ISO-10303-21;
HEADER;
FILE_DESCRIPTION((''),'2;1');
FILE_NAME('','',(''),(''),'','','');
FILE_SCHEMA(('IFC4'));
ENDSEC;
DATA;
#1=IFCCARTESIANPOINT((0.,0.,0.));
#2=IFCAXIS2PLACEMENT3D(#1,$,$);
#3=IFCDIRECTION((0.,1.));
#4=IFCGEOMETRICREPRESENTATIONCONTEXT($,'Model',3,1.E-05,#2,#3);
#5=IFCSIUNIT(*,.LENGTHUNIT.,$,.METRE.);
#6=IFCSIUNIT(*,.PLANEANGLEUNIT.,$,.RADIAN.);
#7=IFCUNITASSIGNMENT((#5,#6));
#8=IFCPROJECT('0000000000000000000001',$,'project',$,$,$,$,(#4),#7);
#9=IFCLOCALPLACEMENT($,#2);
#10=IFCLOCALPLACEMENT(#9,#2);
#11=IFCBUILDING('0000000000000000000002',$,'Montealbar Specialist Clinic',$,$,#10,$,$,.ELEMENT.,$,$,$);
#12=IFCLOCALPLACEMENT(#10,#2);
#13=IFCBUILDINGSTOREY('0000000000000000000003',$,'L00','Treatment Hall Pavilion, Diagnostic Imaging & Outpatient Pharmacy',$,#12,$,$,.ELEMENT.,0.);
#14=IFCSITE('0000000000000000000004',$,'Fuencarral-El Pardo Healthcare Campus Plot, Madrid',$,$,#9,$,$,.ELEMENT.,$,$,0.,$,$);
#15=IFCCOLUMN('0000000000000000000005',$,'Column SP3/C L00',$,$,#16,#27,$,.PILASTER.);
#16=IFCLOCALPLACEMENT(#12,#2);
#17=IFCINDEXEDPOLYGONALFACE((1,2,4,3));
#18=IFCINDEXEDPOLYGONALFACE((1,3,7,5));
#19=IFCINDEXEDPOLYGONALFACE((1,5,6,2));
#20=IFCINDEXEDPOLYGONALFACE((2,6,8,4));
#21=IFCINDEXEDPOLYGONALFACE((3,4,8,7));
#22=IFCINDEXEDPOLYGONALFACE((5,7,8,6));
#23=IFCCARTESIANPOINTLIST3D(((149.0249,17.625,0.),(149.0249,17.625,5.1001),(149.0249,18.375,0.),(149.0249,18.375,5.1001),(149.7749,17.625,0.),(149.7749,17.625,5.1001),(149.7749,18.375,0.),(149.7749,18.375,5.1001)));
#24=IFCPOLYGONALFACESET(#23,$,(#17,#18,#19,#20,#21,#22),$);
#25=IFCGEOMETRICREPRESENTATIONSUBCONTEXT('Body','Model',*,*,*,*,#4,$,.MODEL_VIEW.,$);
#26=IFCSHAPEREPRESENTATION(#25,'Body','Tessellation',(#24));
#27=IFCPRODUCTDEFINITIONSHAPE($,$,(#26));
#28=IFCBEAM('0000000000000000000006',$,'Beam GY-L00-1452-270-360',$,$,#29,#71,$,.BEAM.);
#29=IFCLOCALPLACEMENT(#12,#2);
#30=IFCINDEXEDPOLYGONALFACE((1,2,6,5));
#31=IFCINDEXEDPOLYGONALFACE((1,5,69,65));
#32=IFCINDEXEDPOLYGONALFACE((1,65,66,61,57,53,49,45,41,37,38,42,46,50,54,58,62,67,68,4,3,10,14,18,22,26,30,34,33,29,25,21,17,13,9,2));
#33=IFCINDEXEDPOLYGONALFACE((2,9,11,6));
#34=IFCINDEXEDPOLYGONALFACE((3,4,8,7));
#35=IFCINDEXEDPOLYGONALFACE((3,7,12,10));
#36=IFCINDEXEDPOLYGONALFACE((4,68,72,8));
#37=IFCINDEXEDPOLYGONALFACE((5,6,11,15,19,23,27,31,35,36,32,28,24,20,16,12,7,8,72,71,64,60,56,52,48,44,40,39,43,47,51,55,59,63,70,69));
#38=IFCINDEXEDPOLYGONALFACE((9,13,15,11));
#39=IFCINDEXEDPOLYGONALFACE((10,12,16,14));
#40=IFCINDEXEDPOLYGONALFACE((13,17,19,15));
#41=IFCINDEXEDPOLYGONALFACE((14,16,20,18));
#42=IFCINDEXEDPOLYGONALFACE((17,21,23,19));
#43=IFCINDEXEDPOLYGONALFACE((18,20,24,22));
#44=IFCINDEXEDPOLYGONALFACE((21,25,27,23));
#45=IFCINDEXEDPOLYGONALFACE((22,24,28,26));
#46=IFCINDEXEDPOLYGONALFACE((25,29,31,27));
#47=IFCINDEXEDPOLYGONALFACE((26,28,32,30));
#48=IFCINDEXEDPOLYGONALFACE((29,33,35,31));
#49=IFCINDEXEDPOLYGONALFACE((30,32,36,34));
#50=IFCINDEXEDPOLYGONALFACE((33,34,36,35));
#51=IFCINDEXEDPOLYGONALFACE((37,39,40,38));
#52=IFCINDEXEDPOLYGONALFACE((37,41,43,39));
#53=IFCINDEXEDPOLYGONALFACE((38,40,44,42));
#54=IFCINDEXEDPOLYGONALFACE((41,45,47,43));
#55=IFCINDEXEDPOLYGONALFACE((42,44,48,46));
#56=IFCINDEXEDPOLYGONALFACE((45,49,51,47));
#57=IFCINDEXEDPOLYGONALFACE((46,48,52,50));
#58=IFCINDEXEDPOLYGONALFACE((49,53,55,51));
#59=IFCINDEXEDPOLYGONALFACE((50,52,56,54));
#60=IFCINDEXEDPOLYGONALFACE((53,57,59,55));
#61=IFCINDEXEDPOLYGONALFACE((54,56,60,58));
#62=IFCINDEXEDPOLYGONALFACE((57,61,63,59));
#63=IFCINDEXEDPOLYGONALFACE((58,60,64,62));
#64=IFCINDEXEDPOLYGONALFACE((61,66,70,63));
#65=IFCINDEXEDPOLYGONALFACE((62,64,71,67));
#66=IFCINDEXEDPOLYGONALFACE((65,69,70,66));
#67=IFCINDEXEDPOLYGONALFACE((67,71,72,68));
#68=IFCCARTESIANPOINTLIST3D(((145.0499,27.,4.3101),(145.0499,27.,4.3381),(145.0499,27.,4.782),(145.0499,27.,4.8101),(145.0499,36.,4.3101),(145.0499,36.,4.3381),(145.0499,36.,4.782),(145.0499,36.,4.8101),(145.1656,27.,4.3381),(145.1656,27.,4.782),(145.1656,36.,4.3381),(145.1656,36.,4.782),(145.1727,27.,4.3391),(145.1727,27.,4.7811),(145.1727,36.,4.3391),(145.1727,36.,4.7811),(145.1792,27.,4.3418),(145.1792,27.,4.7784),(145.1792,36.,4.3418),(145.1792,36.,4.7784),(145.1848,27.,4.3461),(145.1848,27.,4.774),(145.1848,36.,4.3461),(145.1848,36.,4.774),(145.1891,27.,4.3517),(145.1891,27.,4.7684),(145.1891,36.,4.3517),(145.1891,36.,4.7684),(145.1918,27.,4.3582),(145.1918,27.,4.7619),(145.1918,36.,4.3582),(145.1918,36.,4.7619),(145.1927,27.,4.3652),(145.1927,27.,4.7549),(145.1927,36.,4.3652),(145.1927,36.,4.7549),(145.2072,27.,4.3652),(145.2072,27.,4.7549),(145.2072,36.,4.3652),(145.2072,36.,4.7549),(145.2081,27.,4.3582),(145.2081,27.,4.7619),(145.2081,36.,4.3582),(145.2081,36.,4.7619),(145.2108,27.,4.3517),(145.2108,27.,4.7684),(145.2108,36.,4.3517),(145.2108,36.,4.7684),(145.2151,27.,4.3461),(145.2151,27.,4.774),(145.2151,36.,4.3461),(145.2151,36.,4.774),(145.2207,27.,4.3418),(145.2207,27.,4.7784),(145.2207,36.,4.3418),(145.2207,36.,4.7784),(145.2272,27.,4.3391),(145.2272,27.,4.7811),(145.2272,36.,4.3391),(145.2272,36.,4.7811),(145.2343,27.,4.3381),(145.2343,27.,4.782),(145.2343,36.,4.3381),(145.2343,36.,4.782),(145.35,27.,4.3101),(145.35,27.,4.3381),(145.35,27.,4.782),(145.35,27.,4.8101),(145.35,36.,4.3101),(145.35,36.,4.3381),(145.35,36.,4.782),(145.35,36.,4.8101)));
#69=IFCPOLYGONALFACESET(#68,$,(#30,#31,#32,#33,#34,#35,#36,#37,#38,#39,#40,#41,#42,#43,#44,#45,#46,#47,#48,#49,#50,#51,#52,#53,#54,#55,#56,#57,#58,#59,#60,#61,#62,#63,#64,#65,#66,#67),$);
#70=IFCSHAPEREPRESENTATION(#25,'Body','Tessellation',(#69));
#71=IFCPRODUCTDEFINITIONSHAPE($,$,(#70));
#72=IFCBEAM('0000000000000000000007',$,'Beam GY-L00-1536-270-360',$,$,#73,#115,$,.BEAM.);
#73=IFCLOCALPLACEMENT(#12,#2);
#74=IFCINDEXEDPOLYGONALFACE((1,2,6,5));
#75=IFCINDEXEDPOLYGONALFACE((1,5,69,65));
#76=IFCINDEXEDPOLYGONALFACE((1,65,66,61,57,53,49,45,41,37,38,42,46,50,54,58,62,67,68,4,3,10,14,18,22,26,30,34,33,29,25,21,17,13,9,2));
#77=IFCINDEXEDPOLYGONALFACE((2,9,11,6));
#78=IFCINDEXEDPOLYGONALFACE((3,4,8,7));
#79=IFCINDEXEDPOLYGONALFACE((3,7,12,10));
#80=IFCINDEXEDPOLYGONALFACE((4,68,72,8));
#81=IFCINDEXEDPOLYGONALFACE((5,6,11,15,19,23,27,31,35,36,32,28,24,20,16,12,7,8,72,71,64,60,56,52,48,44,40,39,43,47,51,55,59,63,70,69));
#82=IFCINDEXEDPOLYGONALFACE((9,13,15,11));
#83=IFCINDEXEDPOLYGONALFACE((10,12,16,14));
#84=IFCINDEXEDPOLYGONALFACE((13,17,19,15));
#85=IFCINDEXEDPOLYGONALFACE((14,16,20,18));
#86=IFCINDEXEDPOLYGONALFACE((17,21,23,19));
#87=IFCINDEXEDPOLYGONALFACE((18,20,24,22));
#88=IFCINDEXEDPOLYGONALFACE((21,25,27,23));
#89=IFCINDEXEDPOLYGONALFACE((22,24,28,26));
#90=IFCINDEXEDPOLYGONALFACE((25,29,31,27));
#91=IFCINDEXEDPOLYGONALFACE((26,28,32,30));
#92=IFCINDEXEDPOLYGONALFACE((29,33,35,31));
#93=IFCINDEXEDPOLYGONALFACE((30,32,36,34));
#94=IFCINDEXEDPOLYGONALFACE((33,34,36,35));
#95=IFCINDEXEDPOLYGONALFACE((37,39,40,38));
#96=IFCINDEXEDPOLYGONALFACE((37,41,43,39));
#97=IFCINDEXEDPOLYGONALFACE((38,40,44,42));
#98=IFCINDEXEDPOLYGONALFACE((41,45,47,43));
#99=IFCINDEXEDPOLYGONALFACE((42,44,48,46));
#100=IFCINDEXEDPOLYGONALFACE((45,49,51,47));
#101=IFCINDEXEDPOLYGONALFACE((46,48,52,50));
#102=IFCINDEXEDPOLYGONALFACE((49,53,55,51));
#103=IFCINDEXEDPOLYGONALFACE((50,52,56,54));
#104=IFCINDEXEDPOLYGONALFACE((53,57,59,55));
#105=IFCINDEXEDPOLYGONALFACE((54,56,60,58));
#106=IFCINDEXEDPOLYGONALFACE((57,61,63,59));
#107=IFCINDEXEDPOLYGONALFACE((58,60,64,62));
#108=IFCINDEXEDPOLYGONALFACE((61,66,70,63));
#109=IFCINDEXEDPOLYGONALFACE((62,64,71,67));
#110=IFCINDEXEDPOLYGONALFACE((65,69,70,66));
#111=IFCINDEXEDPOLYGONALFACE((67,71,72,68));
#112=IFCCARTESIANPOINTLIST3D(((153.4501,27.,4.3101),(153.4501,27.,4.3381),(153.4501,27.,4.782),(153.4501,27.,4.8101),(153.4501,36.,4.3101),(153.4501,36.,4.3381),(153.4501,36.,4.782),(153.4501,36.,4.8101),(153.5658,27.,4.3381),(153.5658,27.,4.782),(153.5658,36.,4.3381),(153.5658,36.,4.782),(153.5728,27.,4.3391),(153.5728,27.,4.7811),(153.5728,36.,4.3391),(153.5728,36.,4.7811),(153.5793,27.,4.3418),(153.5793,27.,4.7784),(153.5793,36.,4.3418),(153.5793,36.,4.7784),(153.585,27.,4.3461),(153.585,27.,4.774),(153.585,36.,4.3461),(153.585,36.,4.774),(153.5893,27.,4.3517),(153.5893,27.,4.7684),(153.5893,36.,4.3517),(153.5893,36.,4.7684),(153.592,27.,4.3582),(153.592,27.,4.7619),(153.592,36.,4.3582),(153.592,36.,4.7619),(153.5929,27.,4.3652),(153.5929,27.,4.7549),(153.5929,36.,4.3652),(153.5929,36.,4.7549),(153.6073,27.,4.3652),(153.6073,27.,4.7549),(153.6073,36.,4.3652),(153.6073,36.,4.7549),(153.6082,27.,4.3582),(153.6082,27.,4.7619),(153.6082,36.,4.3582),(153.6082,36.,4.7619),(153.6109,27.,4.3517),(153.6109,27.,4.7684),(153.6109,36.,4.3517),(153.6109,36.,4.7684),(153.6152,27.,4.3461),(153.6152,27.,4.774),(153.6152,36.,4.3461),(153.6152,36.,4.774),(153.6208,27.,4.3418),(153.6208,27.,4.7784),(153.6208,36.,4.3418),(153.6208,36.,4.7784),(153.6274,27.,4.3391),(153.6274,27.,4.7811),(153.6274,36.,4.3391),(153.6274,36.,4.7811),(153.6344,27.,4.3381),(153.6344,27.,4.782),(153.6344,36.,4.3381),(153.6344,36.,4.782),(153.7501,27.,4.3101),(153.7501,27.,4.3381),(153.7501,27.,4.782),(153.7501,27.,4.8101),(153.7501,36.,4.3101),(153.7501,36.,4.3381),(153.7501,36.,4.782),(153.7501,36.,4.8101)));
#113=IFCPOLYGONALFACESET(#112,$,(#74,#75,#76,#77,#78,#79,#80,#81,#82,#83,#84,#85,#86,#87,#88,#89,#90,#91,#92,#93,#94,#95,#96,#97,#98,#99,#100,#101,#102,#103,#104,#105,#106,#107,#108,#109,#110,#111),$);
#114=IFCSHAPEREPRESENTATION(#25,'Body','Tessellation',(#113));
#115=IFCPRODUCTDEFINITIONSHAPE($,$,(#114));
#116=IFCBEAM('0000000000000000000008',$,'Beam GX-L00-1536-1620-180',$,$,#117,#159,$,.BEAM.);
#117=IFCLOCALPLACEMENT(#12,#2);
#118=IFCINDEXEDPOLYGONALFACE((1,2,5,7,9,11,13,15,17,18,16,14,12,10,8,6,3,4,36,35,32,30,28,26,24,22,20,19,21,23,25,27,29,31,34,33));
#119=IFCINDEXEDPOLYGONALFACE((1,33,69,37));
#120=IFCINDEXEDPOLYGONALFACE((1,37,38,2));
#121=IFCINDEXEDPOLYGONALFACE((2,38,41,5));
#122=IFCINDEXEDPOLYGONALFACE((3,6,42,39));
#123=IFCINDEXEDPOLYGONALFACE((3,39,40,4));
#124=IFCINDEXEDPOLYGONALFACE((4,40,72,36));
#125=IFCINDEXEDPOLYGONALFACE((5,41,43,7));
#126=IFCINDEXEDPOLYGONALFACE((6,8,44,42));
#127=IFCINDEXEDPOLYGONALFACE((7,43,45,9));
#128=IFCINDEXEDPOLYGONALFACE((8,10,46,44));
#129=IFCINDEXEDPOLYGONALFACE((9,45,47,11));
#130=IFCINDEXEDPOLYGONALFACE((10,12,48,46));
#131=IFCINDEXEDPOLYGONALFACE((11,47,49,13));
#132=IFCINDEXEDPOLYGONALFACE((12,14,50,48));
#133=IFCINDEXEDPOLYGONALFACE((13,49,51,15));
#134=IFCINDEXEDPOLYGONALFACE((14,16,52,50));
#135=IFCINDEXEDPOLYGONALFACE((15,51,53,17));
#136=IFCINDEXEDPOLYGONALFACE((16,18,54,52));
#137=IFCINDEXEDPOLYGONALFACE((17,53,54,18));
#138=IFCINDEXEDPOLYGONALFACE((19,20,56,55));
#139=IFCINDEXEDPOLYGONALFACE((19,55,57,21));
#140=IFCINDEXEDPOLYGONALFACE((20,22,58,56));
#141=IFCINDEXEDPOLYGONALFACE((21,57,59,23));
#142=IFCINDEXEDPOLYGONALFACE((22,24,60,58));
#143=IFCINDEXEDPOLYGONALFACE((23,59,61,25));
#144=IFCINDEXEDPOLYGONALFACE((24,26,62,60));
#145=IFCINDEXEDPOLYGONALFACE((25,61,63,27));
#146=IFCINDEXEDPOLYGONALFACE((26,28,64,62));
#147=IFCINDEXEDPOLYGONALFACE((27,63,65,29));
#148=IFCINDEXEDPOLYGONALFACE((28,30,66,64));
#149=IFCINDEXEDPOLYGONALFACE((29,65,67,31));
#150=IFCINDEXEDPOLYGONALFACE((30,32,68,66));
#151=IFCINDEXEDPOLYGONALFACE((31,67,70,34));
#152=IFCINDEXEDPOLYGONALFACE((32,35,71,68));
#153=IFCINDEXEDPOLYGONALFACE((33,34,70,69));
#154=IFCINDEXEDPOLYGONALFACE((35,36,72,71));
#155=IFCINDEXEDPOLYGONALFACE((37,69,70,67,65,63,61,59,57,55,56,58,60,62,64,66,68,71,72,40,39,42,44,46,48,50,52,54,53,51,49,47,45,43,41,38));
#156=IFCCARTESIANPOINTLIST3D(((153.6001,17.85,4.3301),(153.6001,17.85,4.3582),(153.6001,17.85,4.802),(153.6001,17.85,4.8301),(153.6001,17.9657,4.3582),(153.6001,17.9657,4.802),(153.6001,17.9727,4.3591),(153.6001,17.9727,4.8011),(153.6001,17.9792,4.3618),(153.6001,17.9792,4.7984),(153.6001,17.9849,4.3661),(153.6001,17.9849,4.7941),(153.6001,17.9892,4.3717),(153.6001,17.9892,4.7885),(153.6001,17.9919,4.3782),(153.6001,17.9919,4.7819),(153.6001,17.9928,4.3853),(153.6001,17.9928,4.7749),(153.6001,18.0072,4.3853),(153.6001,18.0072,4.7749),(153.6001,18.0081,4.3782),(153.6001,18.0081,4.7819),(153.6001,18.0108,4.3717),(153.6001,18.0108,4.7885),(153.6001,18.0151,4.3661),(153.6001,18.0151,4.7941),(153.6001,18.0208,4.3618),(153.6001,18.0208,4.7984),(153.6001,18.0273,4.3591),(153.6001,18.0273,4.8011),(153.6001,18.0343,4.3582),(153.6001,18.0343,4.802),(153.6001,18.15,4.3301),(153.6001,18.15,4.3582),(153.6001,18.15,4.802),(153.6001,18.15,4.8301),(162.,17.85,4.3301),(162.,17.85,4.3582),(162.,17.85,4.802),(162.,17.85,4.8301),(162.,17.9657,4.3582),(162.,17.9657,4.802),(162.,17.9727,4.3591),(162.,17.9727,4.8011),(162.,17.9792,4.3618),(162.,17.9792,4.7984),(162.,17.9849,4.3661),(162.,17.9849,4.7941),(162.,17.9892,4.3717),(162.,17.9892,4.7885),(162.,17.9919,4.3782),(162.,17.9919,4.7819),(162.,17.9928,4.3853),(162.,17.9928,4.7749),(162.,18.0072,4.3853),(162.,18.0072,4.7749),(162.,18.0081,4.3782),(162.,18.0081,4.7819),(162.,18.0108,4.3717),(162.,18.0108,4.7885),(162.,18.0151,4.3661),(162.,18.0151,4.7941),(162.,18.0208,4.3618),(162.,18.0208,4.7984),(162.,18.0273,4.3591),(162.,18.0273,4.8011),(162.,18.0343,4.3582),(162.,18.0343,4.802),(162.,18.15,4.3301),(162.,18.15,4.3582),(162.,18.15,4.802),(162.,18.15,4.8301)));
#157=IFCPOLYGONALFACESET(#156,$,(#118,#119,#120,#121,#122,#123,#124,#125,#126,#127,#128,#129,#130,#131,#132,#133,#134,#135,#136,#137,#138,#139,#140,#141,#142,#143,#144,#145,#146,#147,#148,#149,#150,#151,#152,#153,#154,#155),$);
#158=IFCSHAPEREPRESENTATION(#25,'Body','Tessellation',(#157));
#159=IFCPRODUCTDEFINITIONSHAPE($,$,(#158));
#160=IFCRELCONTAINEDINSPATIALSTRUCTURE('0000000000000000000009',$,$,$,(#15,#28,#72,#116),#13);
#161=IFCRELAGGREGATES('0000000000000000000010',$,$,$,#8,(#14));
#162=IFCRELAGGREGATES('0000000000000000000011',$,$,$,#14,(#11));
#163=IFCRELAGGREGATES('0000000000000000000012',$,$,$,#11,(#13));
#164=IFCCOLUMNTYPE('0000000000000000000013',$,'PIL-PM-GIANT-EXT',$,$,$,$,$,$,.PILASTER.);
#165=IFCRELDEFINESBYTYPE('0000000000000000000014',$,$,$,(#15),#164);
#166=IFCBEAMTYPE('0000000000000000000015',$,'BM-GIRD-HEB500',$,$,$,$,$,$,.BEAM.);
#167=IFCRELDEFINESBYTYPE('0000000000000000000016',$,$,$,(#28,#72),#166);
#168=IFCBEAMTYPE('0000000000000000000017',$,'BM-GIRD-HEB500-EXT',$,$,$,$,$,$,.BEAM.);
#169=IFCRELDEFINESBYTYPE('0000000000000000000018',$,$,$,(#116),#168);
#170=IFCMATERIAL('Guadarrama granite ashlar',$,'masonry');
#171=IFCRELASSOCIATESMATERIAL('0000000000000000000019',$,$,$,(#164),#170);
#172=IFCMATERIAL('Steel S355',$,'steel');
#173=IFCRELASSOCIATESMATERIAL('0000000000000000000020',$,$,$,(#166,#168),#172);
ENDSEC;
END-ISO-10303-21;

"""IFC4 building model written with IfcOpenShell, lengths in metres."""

from ifc_helpers import new_model, si_unit, direction, frame, origin, origin_2d, place, context, subcontext, project, spatial, rectangle, i_section, extrude, material, material_profile, profile_set, type_object, element, save


model = new_model("IFC4")

# Units and contexts
model_context = context("Model", 3, precision=1e-05, world=origin(), true_north=direction((0.0, 1.0)))
body_context = subcontext(model_context, "Body", "Model", "MODEL_VIEW")
ifc_project = project(units=[si_unit("LENGTHUNIT", "METRE"), si_unit("PLANEANGLEUNIT", "RADIAN")], contexts=[model_context])

# Site, building, storey
site_placement = place(None, origin())
site = spatial("IfcSite", under=ifc_project, at=site_placement, Name="Fuencarral-El Pardo Healthcare Campus Plot, Madrid", CompositionType="ELEMENT", RefElevation=0.0)
building_placement = place(site_placement, origin())
building = spatial("IfcBuilding", under=site, at=building_placement, Name="Montealbar Specialist Clinic", CompositionType="ELEMENT")
storey_placement = place(building_placement, origin())
storey = spatial("IfcBuildingStorey", under=building, at=storey_placement, Name="L00", Description="Treatment Hall Pavilion, Diagnostic Imaging & Outpatient Pharmacy", CompositionType="ELEMENT", Elevation=0.0)

# Column
ifc_material_1 = material(Name="Steel S355", Category="steel")
ifc_material_2 = material(Name="Guadarrama granite ashlar", Category="masonry")
ifc_material_profile_1 = material_profile(ifc_material_2, rectangle(XDim=0.75, YDim=0.75, at=origin_2d()), Name="GRANITE PILASTER 750x750", Category="masonry")
ifc_profile_set_1 = profile_set([ifc_material_profile_1], Name="Guadarrama granite ashlar")
column_type_1 = type_object("IfcColumnType", Name="PIL-PM-GIANT-EXT", PredefinedType="PILASTER", material=ifc_profile_set_1)
column_1_placement = place(storey_placement, frame((149.3999, 18.0, 0.0), z_axis=(0.0, 0.0, 1.0), x_axis=(1.0, 0.0, 0.0)))
element("IfcColumn", 1, at=column_1_placement, inside=storey, type_object=column_type_1, Name="Column SP3/C L00", PredefinedType="PILASTER", context=body_context, shape_type="SweptSolid", body=[
    extrude(rectangle(XDim=0.75, YDim=0.75, at=origin_2d()), origin(), (0.0, 0.0, 1.0), 5.1001),
])

# Beams
ifc_material_profile_2 = material_profile(ifc_material_1, i_section(OverallWidth=0.3, OverallDepth=0.5, WebThickness=0.0144, FlangeThickness=0.0281, FilletRadius=0.0271, at=origin_2d()), Name="HEB 500", Category="steel")
ifc_profile_set_2 = profile_set([ifc_material_profile_2], Name="Steel S355")
beam_type_1 = type_object("IfcBeamType", Name="BM-GIRD-HEB500", PredefinedType="BEAM", material=ifc_profile_set_2)
for number, where, z_axis, x_axis, name in (
    (2, (145.2, 27.0, 4.5601), (0.0, 1.0, 0.0), (-1.0, 0.0, 0.0), "Beam GY-L00-1452-270-360"),
    (3, (153.6001, 27.0, 4.5601), (0.0, 1.0, 0.0), (-1.0, 0.0, 0.0), "Beam GY-L00-1536-270-360"),
):
    element("IfcBeam", number, at=place(storey_placement, frame(where, z_axis=z_axis, x_axis=x_axis)), inside=storey, type_object=beam_type_1, Name=name, PredefinedType="BEAM", context=body_context, shape_type="SweptSolid", body=[
        extrude(i_section(OverallWidth=0.3, OverallDepth=0.5, WebThickness=0.0144, FlangeThickness=0.0281, FilletRadius=0.0271, at=origin_2d()), origin(), (0.0, 0.0, 1.0), 9.0),
    ])
ifc_material_profile_3 = material_profile(ifc_material_1, i_section(OverallWidth=0.3, OverallDepth=0.5, WebThickness=0.0144, FlangeThickness=0.0281, FilletRadius=0.0271, at=origin_2d()), Name="HEB 500", Category="steel")
ifc_profile_set_3 = profile_set([ifc_material_profile_3], Name="Steel S355")
beam_type_2 = type_object("IfcBeamType", Name="BM-GIRD-HEB500-EXT", PredefinedType="BEAM", material=ifc_profile_set_3)
for number, where, z_axis, x_axis, name in (
    (4, (153.6001, 18.0, 4.5801), (1.0, 0.0, 0.0), (0.0, 1.0, 0.0), "Beam GX-L00-1536-1620-180"),
):
    element("IfcBeam", number, at=place(storey_placement, frame(where, z_axis=z_axis, x_axis=x_axis)), inside=storey, type_object=beam_type_2, Name=name, PredefinedType="BEAM", context=body_context, shape_type="SweptSolid", body=[
        extrude(i_section(OverallWidth=0.3, OverallDepth=0.5, WebThickness=0.0144, FlangeThickness=0.0281, FilletRadius=0.0271, at=origin_2d()), origin(), (0.0, 0.0, 1.0), 8.3999),
    ])

save(model, "model.ifc")
